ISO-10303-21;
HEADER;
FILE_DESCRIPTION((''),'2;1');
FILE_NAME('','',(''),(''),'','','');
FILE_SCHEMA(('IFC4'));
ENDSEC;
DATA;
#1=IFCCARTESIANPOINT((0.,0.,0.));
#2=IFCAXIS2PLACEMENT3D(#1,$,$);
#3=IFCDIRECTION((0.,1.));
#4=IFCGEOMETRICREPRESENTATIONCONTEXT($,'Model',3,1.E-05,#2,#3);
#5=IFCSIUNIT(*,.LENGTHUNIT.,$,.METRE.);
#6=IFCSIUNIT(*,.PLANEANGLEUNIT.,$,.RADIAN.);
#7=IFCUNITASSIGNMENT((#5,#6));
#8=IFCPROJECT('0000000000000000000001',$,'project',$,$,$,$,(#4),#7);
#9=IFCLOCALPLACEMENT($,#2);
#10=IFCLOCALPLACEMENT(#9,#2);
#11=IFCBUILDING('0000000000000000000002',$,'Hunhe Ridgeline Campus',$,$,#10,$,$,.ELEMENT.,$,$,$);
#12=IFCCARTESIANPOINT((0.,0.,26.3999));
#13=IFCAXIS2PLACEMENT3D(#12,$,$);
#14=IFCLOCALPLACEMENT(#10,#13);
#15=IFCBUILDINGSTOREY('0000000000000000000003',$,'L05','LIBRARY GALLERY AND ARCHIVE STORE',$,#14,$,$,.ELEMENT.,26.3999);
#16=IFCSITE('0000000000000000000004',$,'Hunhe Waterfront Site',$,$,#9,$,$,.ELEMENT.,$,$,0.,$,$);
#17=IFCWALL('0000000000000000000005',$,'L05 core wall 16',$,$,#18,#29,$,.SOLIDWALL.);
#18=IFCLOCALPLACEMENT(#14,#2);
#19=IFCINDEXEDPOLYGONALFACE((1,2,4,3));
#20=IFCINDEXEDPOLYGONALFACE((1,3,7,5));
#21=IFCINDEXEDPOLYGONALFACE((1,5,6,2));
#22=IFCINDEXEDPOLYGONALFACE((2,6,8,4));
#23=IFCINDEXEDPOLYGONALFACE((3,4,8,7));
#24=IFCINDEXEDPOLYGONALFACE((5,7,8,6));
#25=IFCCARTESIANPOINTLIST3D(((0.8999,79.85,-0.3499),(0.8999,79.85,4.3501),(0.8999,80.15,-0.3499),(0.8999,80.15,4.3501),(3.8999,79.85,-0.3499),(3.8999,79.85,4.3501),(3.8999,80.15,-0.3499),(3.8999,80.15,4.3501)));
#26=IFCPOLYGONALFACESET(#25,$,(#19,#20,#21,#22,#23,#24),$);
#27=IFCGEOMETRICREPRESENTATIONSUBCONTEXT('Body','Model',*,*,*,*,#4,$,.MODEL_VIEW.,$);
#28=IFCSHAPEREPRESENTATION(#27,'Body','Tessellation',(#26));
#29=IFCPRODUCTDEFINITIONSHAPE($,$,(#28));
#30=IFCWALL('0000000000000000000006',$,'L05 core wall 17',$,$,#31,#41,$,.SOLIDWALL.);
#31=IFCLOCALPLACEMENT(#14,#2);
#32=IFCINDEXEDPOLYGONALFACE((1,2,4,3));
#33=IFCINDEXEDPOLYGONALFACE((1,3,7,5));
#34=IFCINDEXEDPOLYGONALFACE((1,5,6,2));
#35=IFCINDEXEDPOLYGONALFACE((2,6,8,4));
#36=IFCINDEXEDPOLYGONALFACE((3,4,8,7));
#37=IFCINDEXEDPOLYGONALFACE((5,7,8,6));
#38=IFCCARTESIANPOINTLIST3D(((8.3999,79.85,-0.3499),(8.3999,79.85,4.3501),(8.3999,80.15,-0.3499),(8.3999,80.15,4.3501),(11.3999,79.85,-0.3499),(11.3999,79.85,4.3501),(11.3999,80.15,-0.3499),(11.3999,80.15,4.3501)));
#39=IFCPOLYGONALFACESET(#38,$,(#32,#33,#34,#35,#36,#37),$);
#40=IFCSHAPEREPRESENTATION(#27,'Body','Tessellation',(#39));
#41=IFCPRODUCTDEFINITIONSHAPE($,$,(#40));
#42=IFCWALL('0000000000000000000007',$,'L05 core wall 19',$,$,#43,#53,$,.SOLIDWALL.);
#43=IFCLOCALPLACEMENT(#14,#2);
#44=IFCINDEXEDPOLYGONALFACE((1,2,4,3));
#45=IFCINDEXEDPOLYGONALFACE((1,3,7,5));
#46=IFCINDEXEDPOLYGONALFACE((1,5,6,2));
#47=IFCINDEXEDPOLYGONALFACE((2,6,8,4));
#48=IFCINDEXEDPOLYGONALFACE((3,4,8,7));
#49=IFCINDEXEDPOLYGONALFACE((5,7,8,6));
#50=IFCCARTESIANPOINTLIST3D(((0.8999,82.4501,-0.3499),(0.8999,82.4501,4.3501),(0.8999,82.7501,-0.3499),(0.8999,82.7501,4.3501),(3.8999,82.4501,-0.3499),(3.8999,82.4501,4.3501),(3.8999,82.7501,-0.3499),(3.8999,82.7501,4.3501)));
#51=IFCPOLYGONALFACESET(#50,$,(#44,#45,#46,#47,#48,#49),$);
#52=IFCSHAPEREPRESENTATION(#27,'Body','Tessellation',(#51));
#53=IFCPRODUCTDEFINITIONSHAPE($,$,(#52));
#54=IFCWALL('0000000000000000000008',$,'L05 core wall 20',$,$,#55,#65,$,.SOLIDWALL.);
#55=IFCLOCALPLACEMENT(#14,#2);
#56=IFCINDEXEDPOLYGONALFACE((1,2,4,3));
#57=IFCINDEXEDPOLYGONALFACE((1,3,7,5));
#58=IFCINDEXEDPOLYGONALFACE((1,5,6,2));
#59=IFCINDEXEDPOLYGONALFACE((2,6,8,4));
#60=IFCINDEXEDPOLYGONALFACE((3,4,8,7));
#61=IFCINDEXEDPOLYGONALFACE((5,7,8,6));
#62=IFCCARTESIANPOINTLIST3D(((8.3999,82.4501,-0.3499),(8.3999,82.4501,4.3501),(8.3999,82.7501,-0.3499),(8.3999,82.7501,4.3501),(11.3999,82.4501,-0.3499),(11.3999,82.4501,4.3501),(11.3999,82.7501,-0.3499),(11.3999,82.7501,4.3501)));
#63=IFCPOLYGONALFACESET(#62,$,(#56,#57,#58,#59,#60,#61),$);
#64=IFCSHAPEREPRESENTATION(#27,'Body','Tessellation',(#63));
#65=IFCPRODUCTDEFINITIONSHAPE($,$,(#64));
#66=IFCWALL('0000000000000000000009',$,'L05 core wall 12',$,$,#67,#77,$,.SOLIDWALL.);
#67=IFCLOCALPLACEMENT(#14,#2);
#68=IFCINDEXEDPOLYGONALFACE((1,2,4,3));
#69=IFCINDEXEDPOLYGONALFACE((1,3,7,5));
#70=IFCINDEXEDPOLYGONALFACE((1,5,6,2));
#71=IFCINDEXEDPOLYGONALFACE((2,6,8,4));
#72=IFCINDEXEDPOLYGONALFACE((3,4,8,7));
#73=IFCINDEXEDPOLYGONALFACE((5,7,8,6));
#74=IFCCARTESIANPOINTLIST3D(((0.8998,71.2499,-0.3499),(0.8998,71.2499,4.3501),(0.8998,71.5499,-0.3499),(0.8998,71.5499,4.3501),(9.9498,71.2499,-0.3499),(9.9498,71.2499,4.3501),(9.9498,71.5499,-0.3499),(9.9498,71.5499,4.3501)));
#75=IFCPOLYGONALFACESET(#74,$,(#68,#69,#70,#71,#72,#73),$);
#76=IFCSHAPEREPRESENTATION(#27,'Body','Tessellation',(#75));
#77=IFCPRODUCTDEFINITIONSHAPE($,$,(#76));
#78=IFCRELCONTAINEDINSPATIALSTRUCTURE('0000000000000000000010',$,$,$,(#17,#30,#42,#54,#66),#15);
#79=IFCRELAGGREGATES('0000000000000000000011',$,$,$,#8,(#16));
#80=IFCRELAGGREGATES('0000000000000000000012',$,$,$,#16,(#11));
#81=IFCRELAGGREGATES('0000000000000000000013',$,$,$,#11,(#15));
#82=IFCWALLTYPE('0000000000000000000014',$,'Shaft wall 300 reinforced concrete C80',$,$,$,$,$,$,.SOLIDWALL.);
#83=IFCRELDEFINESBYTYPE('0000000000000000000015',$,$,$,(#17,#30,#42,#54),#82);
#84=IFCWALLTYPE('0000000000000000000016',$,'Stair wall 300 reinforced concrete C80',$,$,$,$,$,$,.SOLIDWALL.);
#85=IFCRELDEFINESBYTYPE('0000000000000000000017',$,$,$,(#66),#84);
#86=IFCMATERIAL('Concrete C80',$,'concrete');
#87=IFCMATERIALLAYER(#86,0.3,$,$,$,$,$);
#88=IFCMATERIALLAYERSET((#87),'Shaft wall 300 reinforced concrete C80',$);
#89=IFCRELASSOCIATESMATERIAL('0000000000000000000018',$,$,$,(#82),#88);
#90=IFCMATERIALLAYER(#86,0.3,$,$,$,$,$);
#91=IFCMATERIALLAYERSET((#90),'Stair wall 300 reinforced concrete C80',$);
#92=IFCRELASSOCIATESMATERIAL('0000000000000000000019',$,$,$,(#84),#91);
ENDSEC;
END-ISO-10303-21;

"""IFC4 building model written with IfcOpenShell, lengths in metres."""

from ifc_helpers import new_model, si_unit, direction, frame, frame_2d, origin, place, context, subcontext, project, spatial, rectangle, extrude, material, layer, layer_set, type_object, element, save


model = new_model("IFC4")

# Units and contexts
model_context = context("Model", 3, precision=1e-05, world=origin(), true_north=direction((0.0, 1.0)))
body_context = subcontext(model_context, "Body", "Model", "MODEL_VIEW")
ifc_project = project(units=[si_unit("LENGTHUNIT", "METRE"), si_unit("PLANEANGLEUNIT", "RADIAN")], contexts=[model_context])

# Site, building, storey
site_placement = place(None, origin())
site = spatial("IfcSite", under=ifc_project, at=site_placement, Name="Hunhe Waterfront Site", CompositionType="ELEMENT", RefElevation=0.0)
building_placement = place(site_placement, origin())
building = spatial("IfcBuilding", under=site, at=building_placement, Name="Hunhe Ridgeline Campus", CompositionType="ELEMENT")
storey_placement = place(building_placement, frame((0.0, 0.0, 26.3999)))
storey = spatial("IfcBuildingStorey", under=building, at=storey_placement, Name="L05", Description="LIBRARY GALLERY AND ARCHIVE STORE", CompositionType="ELEMENT", Elevation=26.3999)

# Shared definitions
ifc_material_1 = material(Name="Concrete C80", Category="concrete")
ifc_layer_1 = layer(ifc_material_1, 0.3)
ifc_layer_set_1 = layer_set([ifc_layer_1], Name="Shaft wall 300 reinforced concrete C80")
wall_type_1 = type_object("IfcWallType", Name="Shaft wall 300 reinforced concrete C80", PredefinedType="SOLIDWALL", material=ifc_layer_set_1)

# Walls
for number, where, z_axis, x_axis, name in (
    (1, (0.8999, 80.0, -0.3499), (0.0, 0.0, 1.0), (1.0, 0.0, 0.0), "L05 core wall 16"),
    (2, (8.3999, 80.0, -0.3499), (0.0, 0.0, 1.0), (1.0, 0.0, 0.0), "L05 core wall 17"),
    (3, (0.8999, 82.6001, -0.3499), (0.0, 0.0, 1.0), (1.0, 0.0, 0.0), "L05 core wall 19"),
    (4, (8.3999, 82.6001, -0.3499), (0.0, 0.0, 1.0), (1.0, 0.0, 0.0), "L05 core wall 20"),
):
    element("IfcWall", number, at=place(storey_placement, frame(where, z_axis=z_axis, x_axis=x_axis)), inside=storey, type_object=wall_type_1, Name=name, PredefinedType="SOLIDWALL", context=body_context, shape_type="SweptSolid", body=[
        extrude(rectangle(XDim=3.0, YDim=0.3, at=frame_2d((1.5, 0.0))), origin(), (0.0, 0.0, 1.0), 4.7),
    ])

# Wall
ifc_layer_2 = layer(ifc_material_1, 0.3)
ifc_layer_set_2 = layer_set([ifc_layer_2], Name="Stair wall 300 reinforced concrete C80")
wall_type_2 = type_object("IfcWallType", Name="Stair wall 300 reinforced concrete C80", PredefinedType="SOLIDWALL", material=ifc_layer_set_2)
wall_1_placement = place(storey_placement, frame((0.8999, 71.3999, -0.3499), z_axis=(0.0, 0.0, 1.0), x_axis=(1.0, 0.0, 0.0)))
element("IfcWall", 5, at=wall_1_placement, inside=storey, type_object=wall_type_2, Name="L05 core wall 12", PredefinedType="SOLIDWALL", context=body_context, shape_type="SweptSolid", body=[
    extrude(rectangle(XDim=9.05, YDim=0.3, at=frame_2d((4.5249, 0.0))), origin(), (0.0, 0.0, 1.0), 4.7),
])

save(model, "model.ifc")
